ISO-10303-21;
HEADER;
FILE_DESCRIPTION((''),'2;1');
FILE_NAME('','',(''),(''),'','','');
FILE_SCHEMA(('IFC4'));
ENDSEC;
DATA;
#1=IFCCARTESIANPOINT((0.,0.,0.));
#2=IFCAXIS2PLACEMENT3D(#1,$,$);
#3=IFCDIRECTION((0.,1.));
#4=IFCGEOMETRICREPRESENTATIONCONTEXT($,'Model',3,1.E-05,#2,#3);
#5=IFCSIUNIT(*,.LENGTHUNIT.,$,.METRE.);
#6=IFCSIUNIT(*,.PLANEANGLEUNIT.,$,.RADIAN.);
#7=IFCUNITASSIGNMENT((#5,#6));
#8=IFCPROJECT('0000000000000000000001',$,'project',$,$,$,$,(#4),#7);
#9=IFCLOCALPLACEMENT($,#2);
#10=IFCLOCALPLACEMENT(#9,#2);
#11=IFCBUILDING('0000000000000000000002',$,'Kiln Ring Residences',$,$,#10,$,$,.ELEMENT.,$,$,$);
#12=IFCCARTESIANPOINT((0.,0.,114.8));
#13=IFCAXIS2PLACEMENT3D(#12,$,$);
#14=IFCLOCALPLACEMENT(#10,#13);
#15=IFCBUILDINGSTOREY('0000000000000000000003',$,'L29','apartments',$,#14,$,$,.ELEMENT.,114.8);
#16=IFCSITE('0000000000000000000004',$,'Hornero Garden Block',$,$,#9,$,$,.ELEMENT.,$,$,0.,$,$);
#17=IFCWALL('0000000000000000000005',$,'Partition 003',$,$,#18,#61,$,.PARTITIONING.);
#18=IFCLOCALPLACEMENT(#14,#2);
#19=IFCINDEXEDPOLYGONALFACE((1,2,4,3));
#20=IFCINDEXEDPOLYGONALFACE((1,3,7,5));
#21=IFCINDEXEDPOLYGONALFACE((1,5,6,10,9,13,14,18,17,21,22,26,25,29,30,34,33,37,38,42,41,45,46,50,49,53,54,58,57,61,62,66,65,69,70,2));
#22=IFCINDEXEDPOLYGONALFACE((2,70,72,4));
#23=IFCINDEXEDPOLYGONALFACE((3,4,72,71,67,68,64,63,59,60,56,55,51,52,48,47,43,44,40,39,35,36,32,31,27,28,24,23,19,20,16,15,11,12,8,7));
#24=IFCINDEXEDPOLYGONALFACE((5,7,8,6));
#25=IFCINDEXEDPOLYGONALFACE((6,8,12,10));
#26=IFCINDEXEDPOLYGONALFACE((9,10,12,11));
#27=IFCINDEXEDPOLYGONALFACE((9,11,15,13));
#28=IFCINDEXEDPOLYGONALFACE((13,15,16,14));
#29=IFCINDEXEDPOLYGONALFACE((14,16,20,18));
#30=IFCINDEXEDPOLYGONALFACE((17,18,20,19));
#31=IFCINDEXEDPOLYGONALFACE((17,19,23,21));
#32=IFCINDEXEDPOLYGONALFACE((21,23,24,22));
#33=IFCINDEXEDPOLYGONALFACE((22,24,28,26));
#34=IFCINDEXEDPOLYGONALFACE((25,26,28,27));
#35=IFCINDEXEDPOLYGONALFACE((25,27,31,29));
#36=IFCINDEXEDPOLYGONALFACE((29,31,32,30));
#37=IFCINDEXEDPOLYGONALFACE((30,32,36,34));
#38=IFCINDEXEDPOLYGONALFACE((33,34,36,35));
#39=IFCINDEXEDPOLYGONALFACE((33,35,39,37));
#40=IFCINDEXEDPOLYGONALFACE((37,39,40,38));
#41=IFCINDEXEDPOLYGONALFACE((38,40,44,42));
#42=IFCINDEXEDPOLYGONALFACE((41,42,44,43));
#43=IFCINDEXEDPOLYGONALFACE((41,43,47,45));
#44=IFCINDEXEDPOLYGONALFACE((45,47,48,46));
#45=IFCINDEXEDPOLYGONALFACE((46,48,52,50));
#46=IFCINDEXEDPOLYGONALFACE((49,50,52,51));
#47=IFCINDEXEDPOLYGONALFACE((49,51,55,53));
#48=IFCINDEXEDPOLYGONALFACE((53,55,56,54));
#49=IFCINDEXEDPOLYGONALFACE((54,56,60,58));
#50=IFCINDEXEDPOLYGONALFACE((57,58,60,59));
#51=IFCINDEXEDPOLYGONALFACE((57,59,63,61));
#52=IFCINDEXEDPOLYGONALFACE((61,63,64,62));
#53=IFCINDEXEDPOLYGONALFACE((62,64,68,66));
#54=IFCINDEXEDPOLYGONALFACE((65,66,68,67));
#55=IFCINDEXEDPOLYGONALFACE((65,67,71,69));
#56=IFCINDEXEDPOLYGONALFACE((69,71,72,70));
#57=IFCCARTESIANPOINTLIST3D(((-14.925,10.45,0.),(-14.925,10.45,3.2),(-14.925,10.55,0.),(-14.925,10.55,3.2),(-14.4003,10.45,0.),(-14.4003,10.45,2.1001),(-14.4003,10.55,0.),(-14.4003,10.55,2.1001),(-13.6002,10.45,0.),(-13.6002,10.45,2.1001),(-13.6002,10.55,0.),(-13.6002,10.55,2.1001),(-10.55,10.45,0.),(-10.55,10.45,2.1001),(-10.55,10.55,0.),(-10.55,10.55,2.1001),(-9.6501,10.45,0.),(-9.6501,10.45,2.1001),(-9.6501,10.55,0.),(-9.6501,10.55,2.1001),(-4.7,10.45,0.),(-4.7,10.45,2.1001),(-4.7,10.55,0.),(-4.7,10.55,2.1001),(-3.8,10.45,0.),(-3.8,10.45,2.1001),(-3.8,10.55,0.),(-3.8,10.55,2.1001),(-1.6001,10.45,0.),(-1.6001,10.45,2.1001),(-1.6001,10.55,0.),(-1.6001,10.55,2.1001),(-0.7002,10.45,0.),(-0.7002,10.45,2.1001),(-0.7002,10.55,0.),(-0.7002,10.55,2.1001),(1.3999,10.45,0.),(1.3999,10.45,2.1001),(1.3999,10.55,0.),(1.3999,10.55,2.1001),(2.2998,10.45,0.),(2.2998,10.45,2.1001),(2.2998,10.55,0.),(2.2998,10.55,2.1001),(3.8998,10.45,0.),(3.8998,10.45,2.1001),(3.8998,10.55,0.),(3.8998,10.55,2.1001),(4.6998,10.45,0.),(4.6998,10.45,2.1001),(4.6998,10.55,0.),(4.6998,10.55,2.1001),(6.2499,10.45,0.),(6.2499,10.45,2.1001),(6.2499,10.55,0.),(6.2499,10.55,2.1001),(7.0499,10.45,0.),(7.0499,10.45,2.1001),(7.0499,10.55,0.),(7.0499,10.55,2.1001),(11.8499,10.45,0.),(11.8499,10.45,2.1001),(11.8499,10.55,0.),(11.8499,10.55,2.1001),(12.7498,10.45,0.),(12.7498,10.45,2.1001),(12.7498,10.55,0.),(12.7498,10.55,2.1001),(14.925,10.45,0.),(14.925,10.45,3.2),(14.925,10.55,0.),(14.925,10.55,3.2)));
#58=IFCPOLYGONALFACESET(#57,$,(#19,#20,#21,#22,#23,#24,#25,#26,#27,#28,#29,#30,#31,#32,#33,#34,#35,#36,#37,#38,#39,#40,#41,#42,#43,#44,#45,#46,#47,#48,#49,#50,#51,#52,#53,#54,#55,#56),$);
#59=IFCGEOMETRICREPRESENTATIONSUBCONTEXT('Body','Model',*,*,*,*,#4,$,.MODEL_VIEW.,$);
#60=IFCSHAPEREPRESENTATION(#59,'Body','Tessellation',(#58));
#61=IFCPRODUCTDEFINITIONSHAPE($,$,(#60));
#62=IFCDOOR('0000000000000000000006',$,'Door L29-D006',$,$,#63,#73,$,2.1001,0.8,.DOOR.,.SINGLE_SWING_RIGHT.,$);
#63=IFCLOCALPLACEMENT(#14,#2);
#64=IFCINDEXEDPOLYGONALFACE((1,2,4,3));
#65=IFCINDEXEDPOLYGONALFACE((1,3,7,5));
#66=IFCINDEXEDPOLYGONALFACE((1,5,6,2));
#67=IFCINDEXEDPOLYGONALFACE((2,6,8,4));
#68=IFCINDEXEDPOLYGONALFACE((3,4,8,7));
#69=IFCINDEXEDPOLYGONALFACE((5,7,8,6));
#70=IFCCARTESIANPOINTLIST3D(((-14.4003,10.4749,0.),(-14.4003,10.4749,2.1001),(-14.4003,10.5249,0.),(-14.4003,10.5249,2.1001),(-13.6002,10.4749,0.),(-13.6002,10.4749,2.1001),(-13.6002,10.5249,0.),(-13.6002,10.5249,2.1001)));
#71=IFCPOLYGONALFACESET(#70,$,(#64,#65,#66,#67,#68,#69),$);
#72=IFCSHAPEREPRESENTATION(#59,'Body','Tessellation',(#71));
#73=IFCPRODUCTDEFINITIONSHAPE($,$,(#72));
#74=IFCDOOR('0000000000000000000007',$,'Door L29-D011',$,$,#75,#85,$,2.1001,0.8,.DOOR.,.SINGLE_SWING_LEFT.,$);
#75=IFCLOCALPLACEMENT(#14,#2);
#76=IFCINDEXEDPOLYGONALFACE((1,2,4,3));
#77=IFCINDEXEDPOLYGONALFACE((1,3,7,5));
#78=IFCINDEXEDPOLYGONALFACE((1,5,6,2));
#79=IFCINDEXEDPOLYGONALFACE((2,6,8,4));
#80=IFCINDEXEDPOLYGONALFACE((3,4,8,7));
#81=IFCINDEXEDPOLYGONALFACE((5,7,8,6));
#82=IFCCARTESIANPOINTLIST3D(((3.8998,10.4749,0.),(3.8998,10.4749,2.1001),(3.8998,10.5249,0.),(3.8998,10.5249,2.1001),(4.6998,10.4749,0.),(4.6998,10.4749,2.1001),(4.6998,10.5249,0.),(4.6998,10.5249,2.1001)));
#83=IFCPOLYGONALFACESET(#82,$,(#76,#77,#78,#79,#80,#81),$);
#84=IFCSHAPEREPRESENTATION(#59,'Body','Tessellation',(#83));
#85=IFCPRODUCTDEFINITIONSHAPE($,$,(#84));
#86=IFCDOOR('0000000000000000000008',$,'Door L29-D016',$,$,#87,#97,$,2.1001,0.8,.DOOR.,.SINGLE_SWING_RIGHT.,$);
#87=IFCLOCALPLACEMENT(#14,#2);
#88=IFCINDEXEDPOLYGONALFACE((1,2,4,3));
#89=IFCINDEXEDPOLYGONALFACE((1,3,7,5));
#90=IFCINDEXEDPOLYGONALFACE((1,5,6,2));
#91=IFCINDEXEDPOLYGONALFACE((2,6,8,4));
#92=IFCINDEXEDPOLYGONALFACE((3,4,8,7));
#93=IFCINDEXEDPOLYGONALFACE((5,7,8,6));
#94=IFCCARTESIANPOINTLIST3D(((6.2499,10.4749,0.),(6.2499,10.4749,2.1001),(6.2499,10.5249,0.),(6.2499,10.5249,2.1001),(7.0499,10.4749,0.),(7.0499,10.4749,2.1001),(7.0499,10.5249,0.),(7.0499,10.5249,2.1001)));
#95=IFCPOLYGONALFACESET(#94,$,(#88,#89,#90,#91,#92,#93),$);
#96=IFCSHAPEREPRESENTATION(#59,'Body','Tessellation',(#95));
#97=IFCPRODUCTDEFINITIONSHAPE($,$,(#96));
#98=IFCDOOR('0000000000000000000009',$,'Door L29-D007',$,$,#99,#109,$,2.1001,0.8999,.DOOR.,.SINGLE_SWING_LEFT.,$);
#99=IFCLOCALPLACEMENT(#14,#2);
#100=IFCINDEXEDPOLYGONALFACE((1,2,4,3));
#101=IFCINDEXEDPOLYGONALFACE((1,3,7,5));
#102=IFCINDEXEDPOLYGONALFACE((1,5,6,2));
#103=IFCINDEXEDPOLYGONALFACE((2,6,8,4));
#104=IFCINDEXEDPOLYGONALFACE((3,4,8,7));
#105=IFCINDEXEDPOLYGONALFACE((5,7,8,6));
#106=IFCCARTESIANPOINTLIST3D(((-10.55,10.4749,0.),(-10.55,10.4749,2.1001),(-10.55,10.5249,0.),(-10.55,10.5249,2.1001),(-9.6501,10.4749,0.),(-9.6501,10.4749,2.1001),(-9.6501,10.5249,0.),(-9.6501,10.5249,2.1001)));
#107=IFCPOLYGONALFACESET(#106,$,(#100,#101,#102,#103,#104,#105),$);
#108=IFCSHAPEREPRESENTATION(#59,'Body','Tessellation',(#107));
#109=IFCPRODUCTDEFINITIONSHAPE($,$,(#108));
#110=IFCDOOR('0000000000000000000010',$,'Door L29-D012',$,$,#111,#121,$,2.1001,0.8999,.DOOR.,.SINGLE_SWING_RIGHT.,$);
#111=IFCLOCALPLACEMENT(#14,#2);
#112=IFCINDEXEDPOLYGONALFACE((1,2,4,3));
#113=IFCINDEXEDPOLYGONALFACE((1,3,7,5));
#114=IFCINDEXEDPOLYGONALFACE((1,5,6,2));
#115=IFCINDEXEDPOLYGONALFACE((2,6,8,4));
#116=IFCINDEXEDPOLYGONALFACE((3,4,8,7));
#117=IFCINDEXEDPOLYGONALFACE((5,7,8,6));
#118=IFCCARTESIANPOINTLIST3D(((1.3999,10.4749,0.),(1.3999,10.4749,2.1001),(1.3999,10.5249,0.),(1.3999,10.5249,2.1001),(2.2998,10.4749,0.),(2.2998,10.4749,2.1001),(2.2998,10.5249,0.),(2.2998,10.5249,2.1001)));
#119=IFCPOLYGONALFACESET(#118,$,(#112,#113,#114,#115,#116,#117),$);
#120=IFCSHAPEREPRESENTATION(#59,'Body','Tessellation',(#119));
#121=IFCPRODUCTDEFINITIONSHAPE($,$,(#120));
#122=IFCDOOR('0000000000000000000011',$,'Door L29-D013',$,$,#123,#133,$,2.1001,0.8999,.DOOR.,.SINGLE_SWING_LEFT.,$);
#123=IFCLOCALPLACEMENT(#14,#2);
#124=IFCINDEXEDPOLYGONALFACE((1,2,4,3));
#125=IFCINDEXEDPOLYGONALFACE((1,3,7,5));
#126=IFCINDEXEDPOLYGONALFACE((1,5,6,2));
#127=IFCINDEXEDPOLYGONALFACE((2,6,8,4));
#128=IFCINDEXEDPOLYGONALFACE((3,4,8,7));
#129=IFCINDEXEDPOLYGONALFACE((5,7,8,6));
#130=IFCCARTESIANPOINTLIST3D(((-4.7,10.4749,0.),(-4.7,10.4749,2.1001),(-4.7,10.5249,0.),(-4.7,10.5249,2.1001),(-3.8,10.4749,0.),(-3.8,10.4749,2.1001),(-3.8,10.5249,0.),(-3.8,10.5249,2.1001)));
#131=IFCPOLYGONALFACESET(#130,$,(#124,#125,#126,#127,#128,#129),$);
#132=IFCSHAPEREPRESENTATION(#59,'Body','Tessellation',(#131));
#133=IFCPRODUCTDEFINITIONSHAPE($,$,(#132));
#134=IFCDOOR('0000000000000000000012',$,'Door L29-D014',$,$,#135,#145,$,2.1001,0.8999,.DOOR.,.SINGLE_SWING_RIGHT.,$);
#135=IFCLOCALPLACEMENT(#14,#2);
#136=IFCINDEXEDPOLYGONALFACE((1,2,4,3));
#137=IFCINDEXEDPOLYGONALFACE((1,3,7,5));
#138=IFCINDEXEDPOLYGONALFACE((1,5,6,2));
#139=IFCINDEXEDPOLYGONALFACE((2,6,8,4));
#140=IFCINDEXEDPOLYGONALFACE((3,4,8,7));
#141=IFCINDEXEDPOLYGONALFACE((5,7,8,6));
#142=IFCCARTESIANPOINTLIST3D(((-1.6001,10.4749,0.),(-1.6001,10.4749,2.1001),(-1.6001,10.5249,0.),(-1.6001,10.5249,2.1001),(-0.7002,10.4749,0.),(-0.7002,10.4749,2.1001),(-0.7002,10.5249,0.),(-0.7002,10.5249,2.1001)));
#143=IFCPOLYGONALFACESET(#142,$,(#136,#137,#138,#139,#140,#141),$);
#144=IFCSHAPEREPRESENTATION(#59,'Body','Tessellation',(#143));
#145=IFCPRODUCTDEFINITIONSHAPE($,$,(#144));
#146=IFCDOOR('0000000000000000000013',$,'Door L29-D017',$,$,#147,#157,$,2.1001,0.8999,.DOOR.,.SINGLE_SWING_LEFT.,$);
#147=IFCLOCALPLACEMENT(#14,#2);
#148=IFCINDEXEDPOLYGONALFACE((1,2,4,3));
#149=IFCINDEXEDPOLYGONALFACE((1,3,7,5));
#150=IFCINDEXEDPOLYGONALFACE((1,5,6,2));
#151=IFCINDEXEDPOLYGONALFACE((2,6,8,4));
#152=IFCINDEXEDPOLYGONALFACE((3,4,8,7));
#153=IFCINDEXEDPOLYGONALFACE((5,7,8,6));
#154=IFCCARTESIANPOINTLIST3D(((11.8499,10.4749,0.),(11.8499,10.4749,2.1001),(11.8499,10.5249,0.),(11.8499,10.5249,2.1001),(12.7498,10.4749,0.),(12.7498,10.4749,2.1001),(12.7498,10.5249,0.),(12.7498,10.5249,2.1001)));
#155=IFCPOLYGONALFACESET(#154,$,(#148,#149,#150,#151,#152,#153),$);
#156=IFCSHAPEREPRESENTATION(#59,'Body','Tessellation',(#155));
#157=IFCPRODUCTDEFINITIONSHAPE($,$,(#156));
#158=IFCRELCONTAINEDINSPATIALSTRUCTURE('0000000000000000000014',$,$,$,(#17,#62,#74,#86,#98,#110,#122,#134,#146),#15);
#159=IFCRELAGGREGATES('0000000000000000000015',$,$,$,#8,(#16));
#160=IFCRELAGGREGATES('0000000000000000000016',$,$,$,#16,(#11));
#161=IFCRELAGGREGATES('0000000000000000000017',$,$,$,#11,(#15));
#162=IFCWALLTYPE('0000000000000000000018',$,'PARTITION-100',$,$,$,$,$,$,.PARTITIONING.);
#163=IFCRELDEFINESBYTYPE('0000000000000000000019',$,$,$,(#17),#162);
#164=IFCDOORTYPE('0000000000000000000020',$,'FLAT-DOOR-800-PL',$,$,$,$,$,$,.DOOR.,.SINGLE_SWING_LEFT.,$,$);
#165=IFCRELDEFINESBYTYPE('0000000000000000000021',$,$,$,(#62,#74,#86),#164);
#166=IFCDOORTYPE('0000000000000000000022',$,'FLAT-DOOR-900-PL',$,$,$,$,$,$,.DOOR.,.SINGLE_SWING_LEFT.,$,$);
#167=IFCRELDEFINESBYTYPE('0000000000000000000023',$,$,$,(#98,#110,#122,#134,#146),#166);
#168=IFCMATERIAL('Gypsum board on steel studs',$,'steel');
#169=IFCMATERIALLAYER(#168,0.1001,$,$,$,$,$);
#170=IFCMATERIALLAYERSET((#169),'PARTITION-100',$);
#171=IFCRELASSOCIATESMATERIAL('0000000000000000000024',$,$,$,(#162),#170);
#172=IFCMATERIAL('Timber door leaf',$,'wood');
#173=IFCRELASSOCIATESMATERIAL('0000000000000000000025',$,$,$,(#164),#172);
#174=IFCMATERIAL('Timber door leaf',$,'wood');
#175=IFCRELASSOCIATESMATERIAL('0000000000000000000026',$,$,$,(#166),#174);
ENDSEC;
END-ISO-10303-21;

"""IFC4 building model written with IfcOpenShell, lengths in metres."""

from ifc_helpers import new_model, si_unit, direction, frame, frame_2d, origin, place, context, subcontext, project, spatial, rectangle, extrude, material, layer, layer_set, type_object, element, fill, save


model = new_model("IFC4")

# Units and contexts
model_context = context("Model", 3, precision=1e-05, world=origin(), true_north=direction((0.0, 1.0)))
body_context = subcontext(model_context, "Body", "Model", "MODEL_VIEW")
ifc_project = project(units=[si_unit("LENGTHUNIT", "METRE"), si_unit("PLANEANGLEUNIT", "RADIAN")], contexts=[model_context])

# Site, building, storey
site_placement = place(None, origin())
site = spatial("IfcSite", under=ifc_project, at=site_placement, Name="Hornero Garden Block", CompositionType="ELEMENT", RefElevation=0.0)
building_placement = place(site_placement, origin())
building = spatial("IfcBuilding", under=site, at=building_placement, Name="Kiln Ring Residences", CompositionType="ELEMENT")
storey_placement = place(building_placement, frame((0.0, 0.0, 114.8)))
storey = spatial("IfcBuildingStorey", under=building, at=storey_placement, Name="L29", Description="apartments", CompositionType="ELEMENT", Elevation=114.8)

# Wall, openings, doors
ifc_material_1 = material(Name="Gypsum board on steel studs", Category="steel")
ifc_layer_1 = layer(ifc_material_1, 0.1001)
ifc_layer_set_1 = layer_set([ifc_layer_1], Name="PARTITION-100")
wall_type_1 = type_object("IfcWallType", Name="PARTITION-100", PredefinedType="PARTITIONING", material=ifc_layer_set_1)
wall_1_placement = place(storey_placement, frame((-14.925, 10.5, 0.0), z_axis=(0.0, 0.0, 1.0), x_axis=(1.0, 0.0, 0.0)))
wall_1 = element("IfcWall", 1, at=wall_1_placement, inside=storey, type_object=wall_type_1, Name="Partition 003", PredefinedType="PARTITIONING", context=body_context, shape_type="SweptSolid", body=[
    extrude(rectangle(XDim=29.8501, YDim=0.1001, at=frame_2d((14.925, 0.0))), origin(), (0.0, 0.0, 1.0), 3.2),
])
opening_1_placement = place(wall_1_placement, frame((0.5249, 0.0, 0.0)))
opening_1 = element("IfcOpeningElement", 2, at=opening_1_placement, cuts=wall_1, PredefinedType="OPENING", context=body_context, shape_type="SweptSolid", body=[
    extrude(rectangle(XDim=0.8, YDim=2.1001, at=frame_2d((0.3999, 1.05))), frame((0.0, 0.0601, 0.0), z_axis=(0.0, -1.0, 0.0), x_axis=(1.0, 0.0, 0.0)), (0.0, 0.0, 1.0), 0.1201),
])
opening_2_placement = place(wall_1_placement, frame((4.375, 0.0, 0.0)))
opening_2 = element("IfcOpeningElement", 3, at=opening_2_placement, cuts=wall_1, PredefinedType="OPENING", context=body_context, shape_type="SweptSolid", body=[
    extrude(rectangle(XDim=0.8999, YDim=2.1001, at=frame_2d((0.45, 1.05))), frame((0.0, 0.0601, 0.0), z_axis=(0.0, -1.0, 0.0), x_axis=(1.0, 0.0, 0.0)), (0.0, 0.0, 1.0), 0.1201),
])
opening_3_placement = place(wall_1_placement, frame((18.825, 0.0, 0.0)))
opening_3 = element("IfcOpeningElement", 4, at=opening_3_placement, cuts=wall_1, PredefinedType="OPENING", context=body_context, shape_type="SweptSolid", body=[
    extrude(rectangle(XDim=0.8, YDim=2.1001, at=frame_2d((0.3999, 1.05))), frame((0.0, 0.0601, 0.0), z_axis=(0.0, -1.0, 0.0), x_axis=(1.0, 0.0, 0.0)), (0.0, 0.0, 1.0), 0.1201),
])
opening_4_placement = place(wall_1_placement, frame((16.325, 0.0, 0.0)))
opening_4 = element("IfcOpeningElement", 5, at=opening_4_placement, cuts=wall_1, PredefinedType="OPENING", context=body_context, shape_type="SweptSolid", body=[
    extrude(rectangle(XDim=0.8999, YDim=2.1001, at=frame_2d((0.45, 1.05))), frame((0.0, 0.0601, 0.0), z_axis=(0.0, -1.0, 0.0), x_axis=(1.0, 0.0, 0.0)), (0.0, 0.0, 1.0), 0.1201),
])
opening_5_placement = place(wall_1_placement, frame((10.2251, 0.0, 0.0)))
opening_5 = element("IfcOpeningElement", 6, at=opening_5_placement, cuts=wall_1, PredefinedType="OPENING", context=body_context, shape_type="SweptSolid", body=[
    extrude(rectangle(XDim=0.8999, YDim=2.1001, at=frame_2d((0.45, 1.05))), frame((0.0, 0.0601, 0.0), z_axis=(0.0, -1.0, 0.0), x_axis=(1.0, 0.0, 0.0)), (0.0, 0.0, 1.0), 0.1201),
])
opening_6_placement = place(wall_1_placement, frame((13.325, 0.0, 0.0)))
opening_6 = element("IfcOpeningElement", 7, at=opening_6_placement, cuts=wall_1, PredefinedType="OPENING", context=body_context, shape_type="SweptSolid", body=[
    extrude(rectangle(XDim=0.8999, YDim=2.1001, at=frame_2d((0.45, 1.05))), frame((0.0, 0.0601, 0.0), z_axis=(0.0, -1.0, 0.0), x_axis=(1.0, 0.0, 0.0)), (0.0, 0.0, 1.0), 0.1201),
])
opening_7_placement = place(wall_1_placement, frame((21.175, 0.0, 0.0)))
opening_7 = element("IfcOpeningElement", 8, at=opening_7_placement, cuts=wall_1, PredefinedType="OPENING", context=body_context, shape_type="SweptSolid", body=[
    extrude(rectangle(XDim=0.8, YDim=2.1001, at=frame_2d((0.3999, 1.05))), frame((0.0, 0.0601, 0.0), z_axis=(0.0, -1.0, 0.0), x_axis=(1.0, 0.0, 0.0)), (0.0, 0.0, 1.0), 0.1201),
])
opening_8_placement = place(wall_1_placement, frame((26.7749, 0.0, 0.0)))
opening_8 = element("IfcOpeningElement", 9, at=opening_8_placement, cuts=wall_1, PredefinedType="OPENING", context=body_context, shape_type="SweptSolid", body=[
    extrude(rectangle(XDim=0.8999, YDim=2.1001, at=frame_2d((0.45, 1.05))), frame((0.0, 0.0601, 0.0), z_axis=(0.0, -1.0, 0.0), x_axis=(1.0, 0.0, 0.0)), (0.0, 0.0, 1.0), 0.1201),
])
ifc_material_2 = material(Name="Timber door leaf", Category="wood")
door_type_1 = type_object("IfcDoorType", Name="FLAT-DOOR-800-PL", OperationType="SINGLE_SWING_LEFT", PredefinedType="DOOR", material=ifc_material_2)
door_1_placement = place(opening_1_placement, origin())
door_1 = element("IfcDoor", 10, at=door_1_placement, inside=storey, type_object=door_type_1, Name="Door L29-D006", OperationType="SINGLE_SWING_RIGHT", OverallHeight=2.1001, OverallWidth=0.8, PredefinedType="DOOR", context=body_context, shape_type="SweptSolid", body=[
    extrude(rectangle(XDim=0.8, YDim=2.1001, at=frame_2d((0.3999, 1.05))), frame((0.0, 0.0249, 0.0), z_axis=(0.0, -1.0, 0.0), x_axis=(1.0, 0.0, 0.0)), (0.0, 0.0, 1.0), 0.05),
])
fill(opening_1, door_1)
door_2_placement = place(opening_3_placement, origin())
door_2 = element("IfcDoor", 11, at=door_2_placement, inside=storey, type_object=door_type_1, Name="Door L29-D011", OperationType="SINGLE_SWING_LEFT", OverallHeight=2.1001, OverallWidth=0.8, PredefinedType="DOOR", context=body_context, shape_type="SweptSolid", body=[
    extrude(rectangle(XDim=0.8, YDim=2.1001, at=frame_2d((0.3999, 1.05))), frame((0.0, 0.0249, 0.0), z_axis=(0.0, -1.0, 0.0), x_axis=(1.0, 0.0, 0.0)), (0.0, 0.0, 1.0), 0.05),
])
fill(opening_3, door_2)
door_3_placement = place(opening_7_placement, origin())
door_3 = element("IfcDoor", 12, at=door_3_placement, inside=storey, type_object=door_type_1, Name="Door L29-D016", OperationType="SINGLE_SWING_RIGHT", OverallHeight=2.1001, OverallWidth=0.8, PredefinedType="DOOR", context=body_context, shape_type="SweptSolid", body=[
    extrude(rectangle(XDim=0.8, YDim=2.1001, at=frame_2d((0.3999, 1.05))), frame((0.0, 0.0249, 0.0), z_axis=(0.0, -1.0, 0.0), x_axis=(1.0, 0.0, 0.0)), (0.0, 0.0, 1.0), 0.05),
])
fill(opening_7, door_3)
ifc_material_3 = material(Name="Timber door leaf", Category="wood")
door_type_2 = type_object("IfcDoorType", Name="FLAT-DOOR-900-PL", OperationType="SINGLE_SWING_LEFT", PredefinedType="DOOR", material=ifc_material_3)
door_4_placement = place(opening_2_placement, origin())
door_4 = element("IfcDoor", 13, at=door_4_placement, inside=storey, type_object=door_type_2, Name="Door L29-D007", OperationType="SINGLE_SWING_LEFT", OverallHeight=2.1001, OverallWidth=0.8999, PredefinedType="DOOR", context=body_context, shape_type="SweptSolid", body=[
    extrude(rectangle(XDim=0.8999, YDim=2.1001, at=frame_2d((0.45, 1.05))), frame((0.0, 0.0249, 0.0), z_axis=(0.0, -1.0, 0.0), x_axis=(1.0, 0.0, 0.0)), (0.0, 0.0, 1.0), 0.05),
])
fill(opening_2, door_4)
door_5_placement = place(opening_4_placement, origin())
door_5 = element("IfcDoor", 14, at=door_5_placement, inside=storey, type_object=door_type_2, Name="Door L29-D012", OperationType="SINGLE_SWING_RIGHT", OverallHeight=2.1001, OverallWidth=0.8999, PredefinedType="DOOR", context=body_context, shape_type="SweptSolid", body=[
    extrude(rectangle(XDim=0.8999, YDim=2.1001, at=frame_2d((0.45, 1.05))), frame((0.0, 0.0249, 0.0), z_axis=(0.0, -1.0, 0.0), x_axis=(1.0, 0.0, 0.0)), (0.0, 0.0, 1.0), 0.05),
])
fill(opening_4, door_5)
door_6_placement = place(opening_5_placement, origin())
door_6 = element("IfcDoor", 15, at=door_6_placement, inside=storey, type_object=door_type_2, Name="Door L29-D013", OperationType="SINGLE_SWING_LEFT", OverallHeight=2.1001, OverallWidth=0.8999, PredefinedType="DOOR", context=body_context, shape_type="SweptSolid", body=[
    extrude(rectangle(XDim=0.8999, YDim=2.1001, at=frame_2d((0.45, 1.05))), frame((0.0, 0.0249, 0.0), z_axis=(0.0, -1.0, 0.0), x_axis=(1.0, 0.0, 0.0)), (0.0, 0.0, 1.0), 0.05),
])
fill(opening_5, door_6)
door_7_placement = place(opening_6_placement, origin())
door_7 = element("IfcDoor", 16, at=door_7_placement, inside=storey, type_object=door_type_2, Name="Door L29-D014", OperationType="SINGLE_SWING_RIGHT", OverallHeight=2.1001, OverallWidth=0.8999, PredefinedType="DOOR", context=body_context, shape_type="SweptSolid", body=[
    extrude(rectangle(XDim=0.8999, YDim=2.1001, at=frame_2d((0.45, 1.05))), frame((0.0, 0.0249, 0.0), z_axis=(0.0, -1.0, 0.0), x_axis=(1.0, 0.0, 0.0)), (0.0, 0.0, 1.0), 0.05),
])
fill(opening_6, door_7)
door_8_placement = place(opening_8_placement, origin())
door_8 = element("IfcDoor", 17, at=door_8_placement, inside=storey, type_object=door_type_2, Name="Door L29-D017", OperationType="SINGLE_SWING_LEFT", OverallHeight=2.1001, OverallWidth=0.8999, PredefinedType="DOOR", context=body_context, shape_type="SweptSolid", body=[
    extrude(rectangle(XDim=0.8999, YDim=2.1001, at=frame_2d((0.45, 1.05))), frame((0.0, 0.0249, 0.0), z_axis=(0.0, -1.0, 0.0), x_axis=(1.0, 0.0, 0.0)), (0.0, 0.0, 1.0), 0.05),
])
fill(opening_8, door_8)

save(model, "model.ifc")
